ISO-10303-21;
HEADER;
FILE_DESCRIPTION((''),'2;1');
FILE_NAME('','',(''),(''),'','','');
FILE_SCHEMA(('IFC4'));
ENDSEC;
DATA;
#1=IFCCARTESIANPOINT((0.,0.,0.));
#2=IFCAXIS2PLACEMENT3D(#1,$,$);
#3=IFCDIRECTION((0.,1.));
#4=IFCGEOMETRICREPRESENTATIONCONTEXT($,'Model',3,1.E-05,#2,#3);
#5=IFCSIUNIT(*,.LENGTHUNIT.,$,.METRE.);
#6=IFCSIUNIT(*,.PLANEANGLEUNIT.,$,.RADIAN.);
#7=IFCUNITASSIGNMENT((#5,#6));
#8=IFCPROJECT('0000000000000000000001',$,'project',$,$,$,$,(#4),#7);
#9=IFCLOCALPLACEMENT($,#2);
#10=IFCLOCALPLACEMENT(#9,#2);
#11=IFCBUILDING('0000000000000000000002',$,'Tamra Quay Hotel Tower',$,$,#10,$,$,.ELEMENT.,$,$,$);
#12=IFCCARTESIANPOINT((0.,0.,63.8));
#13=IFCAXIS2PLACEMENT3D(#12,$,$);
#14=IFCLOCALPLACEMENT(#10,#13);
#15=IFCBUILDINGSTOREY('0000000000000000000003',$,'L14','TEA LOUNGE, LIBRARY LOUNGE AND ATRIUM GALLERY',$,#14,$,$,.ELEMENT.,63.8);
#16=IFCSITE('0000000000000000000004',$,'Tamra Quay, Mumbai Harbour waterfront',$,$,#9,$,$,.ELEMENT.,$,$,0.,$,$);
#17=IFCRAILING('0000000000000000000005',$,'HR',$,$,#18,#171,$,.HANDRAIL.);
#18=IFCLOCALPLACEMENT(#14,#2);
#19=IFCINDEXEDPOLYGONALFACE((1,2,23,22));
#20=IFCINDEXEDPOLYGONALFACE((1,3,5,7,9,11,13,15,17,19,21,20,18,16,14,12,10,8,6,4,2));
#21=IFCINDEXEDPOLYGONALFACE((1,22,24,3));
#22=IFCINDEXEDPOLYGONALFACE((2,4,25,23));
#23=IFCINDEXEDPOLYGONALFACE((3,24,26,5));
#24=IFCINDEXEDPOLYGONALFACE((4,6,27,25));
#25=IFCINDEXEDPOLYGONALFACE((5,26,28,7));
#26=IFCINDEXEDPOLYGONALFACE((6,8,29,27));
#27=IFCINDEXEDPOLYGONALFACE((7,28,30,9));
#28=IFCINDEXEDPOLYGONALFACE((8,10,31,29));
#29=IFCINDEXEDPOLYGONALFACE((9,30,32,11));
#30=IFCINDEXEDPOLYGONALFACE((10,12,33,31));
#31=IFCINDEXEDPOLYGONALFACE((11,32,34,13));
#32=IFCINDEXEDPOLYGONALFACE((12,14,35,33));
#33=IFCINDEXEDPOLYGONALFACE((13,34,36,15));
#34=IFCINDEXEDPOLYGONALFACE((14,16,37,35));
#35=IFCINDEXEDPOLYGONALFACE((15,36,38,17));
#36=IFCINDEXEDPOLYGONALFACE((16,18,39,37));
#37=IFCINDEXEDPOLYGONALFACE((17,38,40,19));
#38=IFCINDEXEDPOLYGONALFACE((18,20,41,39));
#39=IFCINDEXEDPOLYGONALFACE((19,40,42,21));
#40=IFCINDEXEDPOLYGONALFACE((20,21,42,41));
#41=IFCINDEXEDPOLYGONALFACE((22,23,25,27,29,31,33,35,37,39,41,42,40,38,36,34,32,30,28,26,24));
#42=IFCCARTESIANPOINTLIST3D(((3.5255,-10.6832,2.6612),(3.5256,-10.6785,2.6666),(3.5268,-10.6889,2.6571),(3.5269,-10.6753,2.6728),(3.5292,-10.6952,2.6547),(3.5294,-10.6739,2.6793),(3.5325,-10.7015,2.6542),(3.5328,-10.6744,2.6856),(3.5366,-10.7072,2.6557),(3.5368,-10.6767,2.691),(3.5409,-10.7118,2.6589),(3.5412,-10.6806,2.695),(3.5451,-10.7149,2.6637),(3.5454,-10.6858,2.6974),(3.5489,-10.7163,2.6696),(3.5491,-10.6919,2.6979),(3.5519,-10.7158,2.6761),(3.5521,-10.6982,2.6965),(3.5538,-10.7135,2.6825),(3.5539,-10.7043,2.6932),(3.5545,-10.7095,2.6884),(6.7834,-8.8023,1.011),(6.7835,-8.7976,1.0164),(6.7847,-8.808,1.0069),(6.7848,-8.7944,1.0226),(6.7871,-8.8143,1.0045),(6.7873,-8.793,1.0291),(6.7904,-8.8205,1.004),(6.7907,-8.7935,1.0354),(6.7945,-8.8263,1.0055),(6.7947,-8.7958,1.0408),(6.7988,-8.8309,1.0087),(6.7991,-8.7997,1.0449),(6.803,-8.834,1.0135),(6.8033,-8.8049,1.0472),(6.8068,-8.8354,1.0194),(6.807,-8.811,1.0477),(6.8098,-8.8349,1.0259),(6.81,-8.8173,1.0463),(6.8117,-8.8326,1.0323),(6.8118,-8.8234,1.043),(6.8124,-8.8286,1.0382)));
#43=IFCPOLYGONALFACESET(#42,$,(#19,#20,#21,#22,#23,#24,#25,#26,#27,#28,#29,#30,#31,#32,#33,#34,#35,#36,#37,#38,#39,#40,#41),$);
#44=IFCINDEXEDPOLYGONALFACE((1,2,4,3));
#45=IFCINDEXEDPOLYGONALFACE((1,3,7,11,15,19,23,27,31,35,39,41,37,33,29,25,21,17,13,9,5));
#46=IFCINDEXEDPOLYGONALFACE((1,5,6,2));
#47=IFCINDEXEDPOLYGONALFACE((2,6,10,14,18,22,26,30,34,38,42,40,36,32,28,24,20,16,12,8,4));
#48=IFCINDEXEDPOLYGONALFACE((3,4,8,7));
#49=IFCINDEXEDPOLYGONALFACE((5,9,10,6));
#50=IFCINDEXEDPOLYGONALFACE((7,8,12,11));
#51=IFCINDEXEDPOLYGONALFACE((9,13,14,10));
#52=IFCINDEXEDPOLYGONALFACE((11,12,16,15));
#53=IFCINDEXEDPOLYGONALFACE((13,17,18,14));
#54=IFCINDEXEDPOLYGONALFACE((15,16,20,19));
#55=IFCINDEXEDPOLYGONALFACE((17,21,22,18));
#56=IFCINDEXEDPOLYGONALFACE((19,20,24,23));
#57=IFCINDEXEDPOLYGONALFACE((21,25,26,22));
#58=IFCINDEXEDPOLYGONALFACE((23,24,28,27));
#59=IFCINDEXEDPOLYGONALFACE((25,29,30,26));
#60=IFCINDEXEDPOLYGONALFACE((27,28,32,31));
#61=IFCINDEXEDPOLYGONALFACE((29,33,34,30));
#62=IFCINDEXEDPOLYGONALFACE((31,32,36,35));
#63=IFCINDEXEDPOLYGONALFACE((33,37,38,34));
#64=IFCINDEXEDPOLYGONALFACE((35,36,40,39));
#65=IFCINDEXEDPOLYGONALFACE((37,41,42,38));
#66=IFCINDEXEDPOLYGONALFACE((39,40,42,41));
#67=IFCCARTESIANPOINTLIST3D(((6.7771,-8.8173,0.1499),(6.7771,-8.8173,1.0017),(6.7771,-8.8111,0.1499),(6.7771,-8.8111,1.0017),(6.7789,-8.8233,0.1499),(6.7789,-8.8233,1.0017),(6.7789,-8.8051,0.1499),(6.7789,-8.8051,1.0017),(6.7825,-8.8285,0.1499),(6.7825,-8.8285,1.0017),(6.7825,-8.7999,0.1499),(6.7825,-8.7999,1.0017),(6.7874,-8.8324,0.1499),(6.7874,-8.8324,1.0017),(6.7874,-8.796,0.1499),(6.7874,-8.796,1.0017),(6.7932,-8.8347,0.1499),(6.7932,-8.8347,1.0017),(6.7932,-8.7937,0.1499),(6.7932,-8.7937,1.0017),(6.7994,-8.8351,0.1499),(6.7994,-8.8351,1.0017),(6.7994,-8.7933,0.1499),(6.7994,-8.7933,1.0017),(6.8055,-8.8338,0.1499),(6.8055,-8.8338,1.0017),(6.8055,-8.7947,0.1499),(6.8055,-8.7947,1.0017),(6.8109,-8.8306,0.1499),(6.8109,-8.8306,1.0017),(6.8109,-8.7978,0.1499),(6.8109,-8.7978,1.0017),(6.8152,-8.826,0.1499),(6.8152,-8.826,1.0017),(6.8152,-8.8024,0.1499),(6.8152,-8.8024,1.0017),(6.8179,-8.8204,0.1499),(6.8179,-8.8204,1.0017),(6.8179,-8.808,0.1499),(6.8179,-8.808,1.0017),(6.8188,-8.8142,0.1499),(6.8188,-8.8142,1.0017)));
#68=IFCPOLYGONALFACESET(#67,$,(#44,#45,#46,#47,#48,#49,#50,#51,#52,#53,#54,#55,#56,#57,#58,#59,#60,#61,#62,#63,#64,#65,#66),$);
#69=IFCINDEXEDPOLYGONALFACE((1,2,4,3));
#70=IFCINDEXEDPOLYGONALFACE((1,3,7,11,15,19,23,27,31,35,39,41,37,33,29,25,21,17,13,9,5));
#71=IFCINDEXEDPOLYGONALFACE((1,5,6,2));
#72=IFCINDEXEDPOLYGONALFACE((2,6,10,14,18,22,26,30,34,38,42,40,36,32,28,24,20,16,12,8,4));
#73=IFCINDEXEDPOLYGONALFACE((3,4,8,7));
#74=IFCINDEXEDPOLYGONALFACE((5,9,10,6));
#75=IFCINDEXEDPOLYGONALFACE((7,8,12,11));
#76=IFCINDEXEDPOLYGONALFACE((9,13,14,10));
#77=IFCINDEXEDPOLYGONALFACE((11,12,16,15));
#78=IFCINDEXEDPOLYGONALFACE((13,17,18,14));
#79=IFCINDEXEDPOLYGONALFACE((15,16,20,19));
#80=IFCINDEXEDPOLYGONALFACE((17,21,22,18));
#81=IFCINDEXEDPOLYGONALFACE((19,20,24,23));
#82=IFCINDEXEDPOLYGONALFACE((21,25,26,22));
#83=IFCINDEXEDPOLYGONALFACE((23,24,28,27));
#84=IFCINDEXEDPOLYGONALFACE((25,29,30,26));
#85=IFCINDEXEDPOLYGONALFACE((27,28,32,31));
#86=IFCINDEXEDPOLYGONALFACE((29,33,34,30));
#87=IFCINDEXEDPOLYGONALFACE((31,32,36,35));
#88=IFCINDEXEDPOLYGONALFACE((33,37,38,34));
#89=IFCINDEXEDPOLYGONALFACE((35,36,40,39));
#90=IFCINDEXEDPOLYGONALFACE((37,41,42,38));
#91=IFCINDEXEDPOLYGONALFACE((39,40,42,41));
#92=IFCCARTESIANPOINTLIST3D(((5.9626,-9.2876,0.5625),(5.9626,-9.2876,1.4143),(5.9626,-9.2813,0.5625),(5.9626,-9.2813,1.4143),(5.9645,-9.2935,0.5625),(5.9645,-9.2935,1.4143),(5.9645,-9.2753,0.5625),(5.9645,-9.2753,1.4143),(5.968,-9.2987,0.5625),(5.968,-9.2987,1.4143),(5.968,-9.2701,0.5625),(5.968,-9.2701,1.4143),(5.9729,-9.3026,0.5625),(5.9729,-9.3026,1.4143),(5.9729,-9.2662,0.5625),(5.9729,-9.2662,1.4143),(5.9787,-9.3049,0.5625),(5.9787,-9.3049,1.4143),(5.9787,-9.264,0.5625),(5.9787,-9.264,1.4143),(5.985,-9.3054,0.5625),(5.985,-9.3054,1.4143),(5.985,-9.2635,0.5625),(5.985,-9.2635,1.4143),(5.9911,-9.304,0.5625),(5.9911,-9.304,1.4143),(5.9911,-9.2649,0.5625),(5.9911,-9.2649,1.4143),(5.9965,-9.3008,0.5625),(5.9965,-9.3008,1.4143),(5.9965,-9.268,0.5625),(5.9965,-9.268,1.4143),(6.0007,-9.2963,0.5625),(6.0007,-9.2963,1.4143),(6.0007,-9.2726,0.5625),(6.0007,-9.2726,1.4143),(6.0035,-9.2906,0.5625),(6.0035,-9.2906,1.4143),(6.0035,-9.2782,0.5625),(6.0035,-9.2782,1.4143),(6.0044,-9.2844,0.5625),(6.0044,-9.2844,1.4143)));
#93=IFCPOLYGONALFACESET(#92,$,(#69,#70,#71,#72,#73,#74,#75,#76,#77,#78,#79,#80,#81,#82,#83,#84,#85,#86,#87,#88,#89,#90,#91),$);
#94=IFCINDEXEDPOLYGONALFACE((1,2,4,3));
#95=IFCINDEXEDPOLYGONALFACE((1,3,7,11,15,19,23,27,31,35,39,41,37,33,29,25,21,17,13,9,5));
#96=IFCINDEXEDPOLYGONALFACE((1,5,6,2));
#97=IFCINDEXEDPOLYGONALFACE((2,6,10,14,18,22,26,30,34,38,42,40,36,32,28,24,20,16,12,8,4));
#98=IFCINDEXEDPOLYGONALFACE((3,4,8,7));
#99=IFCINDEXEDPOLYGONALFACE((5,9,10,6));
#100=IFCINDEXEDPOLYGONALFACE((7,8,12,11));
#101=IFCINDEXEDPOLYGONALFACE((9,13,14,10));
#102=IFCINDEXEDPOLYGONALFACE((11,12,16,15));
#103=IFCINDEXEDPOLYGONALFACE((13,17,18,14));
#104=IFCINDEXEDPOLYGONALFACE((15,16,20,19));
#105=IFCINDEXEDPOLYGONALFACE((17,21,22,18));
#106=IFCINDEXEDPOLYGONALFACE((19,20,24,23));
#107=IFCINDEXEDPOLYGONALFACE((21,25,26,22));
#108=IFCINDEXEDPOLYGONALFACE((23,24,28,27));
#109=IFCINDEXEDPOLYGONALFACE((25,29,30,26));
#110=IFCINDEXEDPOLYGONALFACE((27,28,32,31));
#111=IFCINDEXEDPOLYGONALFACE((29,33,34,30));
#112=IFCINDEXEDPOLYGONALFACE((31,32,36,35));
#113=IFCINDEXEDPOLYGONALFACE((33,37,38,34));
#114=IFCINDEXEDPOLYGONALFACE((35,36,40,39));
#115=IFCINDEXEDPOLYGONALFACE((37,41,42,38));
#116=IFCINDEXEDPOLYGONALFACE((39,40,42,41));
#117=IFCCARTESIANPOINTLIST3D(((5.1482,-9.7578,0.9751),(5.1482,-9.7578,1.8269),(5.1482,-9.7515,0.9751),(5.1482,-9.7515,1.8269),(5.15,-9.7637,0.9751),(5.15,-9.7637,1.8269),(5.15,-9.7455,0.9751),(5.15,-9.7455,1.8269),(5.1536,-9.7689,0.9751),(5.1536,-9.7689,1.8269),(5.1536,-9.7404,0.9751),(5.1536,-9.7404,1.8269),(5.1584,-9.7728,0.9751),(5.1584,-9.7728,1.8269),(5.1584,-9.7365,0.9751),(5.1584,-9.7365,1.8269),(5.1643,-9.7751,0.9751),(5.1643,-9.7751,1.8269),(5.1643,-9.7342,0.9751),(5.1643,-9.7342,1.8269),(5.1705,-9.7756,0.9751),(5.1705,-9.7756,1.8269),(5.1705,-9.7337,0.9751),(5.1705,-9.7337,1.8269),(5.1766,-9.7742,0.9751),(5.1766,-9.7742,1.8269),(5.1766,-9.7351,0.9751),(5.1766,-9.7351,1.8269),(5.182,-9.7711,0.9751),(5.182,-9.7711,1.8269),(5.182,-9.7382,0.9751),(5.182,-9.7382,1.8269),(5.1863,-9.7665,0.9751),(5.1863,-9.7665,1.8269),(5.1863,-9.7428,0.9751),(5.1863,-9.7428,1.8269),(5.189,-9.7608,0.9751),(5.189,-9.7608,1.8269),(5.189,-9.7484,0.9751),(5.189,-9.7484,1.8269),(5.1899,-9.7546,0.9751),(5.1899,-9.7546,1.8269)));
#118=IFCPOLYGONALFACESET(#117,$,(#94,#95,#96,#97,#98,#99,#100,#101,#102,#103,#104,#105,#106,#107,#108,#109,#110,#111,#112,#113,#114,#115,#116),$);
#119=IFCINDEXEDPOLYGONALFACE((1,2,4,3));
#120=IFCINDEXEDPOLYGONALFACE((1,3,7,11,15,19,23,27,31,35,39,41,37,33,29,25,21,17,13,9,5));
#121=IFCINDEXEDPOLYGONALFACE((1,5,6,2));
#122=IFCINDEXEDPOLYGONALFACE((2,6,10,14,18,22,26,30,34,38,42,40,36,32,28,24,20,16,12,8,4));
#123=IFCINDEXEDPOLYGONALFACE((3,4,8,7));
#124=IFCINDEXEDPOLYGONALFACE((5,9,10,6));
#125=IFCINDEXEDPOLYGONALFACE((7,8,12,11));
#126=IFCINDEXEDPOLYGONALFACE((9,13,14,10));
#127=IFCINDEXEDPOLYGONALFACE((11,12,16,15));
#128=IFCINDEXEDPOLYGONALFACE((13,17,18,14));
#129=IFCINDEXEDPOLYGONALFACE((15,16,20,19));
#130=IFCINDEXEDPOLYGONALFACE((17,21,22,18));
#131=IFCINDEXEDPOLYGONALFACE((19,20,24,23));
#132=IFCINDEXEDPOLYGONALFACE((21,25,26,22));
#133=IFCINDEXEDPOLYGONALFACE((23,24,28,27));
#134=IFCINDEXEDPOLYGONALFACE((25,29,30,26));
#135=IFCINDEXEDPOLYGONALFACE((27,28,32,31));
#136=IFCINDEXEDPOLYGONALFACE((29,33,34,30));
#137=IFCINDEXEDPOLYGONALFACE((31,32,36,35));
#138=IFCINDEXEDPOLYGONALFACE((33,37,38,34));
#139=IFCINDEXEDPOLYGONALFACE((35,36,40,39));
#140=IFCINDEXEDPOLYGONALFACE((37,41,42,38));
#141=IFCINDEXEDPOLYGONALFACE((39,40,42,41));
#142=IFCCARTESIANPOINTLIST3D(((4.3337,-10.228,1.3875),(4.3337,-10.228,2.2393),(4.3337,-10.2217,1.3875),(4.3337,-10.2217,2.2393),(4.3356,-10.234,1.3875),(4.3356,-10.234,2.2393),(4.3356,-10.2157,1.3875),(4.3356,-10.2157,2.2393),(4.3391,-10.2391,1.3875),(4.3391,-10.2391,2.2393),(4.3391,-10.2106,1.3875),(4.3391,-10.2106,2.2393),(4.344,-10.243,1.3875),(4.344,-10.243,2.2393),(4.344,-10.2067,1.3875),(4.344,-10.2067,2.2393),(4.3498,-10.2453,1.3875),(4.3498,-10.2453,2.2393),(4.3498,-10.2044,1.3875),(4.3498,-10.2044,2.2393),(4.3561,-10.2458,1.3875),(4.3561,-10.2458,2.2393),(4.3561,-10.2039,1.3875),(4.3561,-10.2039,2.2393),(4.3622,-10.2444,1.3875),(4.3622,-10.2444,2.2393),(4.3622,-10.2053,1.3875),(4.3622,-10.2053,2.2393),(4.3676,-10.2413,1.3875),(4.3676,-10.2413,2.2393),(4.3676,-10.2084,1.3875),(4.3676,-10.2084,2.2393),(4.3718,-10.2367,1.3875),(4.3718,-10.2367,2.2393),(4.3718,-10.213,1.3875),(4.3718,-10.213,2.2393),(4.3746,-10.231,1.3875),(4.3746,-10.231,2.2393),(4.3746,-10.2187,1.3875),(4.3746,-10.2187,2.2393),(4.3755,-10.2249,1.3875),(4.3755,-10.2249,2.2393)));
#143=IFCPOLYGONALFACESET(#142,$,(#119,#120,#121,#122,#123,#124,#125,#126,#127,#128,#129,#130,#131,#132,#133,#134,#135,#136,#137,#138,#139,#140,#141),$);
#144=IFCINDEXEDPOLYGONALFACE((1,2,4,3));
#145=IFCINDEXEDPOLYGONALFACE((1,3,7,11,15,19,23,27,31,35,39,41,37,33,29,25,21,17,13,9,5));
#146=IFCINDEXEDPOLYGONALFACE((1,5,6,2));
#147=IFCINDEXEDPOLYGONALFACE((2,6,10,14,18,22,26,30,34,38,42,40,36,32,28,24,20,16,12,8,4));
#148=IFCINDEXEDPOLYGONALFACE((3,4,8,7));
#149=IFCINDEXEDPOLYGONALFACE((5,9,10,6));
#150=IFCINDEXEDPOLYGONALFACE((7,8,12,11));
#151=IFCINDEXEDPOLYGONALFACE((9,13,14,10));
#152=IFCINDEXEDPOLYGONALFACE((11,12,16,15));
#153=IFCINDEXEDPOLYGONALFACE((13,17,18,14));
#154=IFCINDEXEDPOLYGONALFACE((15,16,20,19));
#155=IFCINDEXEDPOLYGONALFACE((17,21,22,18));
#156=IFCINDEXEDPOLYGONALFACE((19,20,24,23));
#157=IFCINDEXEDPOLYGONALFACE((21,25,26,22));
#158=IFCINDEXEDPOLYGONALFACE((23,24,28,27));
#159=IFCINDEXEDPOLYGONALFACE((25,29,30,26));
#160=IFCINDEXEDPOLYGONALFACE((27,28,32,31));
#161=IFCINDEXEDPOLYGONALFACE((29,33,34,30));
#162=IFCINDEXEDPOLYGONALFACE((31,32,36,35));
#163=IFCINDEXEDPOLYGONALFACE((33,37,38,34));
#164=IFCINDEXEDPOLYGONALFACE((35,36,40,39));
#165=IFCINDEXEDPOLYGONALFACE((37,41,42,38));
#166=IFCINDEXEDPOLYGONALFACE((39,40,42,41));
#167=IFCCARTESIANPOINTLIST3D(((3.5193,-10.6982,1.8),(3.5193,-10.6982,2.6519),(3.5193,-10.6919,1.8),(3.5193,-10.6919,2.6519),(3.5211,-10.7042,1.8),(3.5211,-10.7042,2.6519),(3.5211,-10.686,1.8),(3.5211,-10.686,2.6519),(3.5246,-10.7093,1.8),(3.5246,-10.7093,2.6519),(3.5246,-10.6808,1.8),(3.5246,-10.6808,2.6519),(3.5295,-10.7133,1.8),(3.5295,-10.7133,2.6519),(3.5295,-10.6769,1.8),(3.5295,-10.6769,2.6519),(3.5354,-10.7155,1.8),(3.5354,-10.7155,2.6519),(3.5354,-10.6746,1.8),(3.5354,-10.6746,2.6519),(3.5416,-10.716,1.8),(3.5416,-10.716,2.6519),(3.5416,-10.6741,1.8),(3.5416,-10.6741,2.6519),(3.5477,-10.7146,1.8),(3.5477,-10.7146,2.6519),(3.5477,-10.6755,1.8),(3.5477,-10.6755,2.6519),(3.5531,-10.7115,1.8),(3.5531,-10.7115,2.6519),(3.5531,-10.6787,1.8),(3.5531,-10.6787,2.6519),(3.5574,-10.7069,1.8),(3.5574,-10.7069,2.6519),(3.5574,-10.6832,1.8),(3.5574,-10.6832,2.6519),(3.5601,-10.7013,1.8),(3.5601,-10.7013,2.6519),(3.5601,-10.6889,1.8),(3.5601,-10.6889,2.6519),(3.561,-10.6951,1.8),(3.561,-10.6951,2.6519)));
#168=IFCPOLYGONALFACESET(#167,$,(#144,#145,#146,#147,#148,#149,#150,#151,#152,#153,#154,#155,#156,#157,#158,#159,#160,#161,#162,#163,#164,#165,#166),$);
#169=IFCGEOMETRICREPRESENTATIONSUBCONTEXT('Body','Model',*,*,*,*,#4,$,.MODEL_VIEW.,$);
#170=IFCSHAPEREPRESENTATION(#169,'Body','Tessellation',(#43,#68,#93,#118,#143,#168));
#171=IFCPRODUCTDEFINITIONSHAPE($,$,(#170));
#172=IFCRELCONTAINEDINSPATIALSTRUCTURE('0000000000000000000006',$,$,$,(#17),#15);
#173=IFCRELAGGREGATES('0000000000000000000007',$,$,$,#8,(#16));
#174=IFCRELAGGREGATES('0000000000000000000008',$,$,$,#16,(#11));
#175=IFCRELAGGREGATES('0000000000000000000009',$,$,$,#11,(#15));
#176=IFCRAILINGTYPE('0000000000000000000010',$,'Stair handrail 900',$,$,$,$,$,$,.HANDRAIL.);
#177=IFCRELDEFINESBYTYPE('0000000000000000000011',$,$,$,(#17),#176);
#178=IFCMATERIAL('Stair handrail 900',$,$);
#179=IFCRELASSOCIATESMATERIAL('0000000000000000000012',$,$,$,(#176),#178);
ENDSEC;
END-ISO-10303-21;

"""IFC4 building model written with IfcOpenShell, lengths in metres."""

from ifc_helpers import new_model, si_unit, direction, frame, origin, origin_2d, place, context, subcontext, project, spatial, circle, extrude, material, type_object, element, save


model = new_model("IFC4")

# Units and contexts
model_context = context("Model", 3, precision=1e-05, world=origin(), true_north=direction((0.0, 1.0)))
body_context = subcontext(model_context, "Body", "Model", "MODEL_VIEW")
ifc_project = project(units=[si_unit("LENGTHUNIT", "METRE"), si_unit("PLANEANGLEUNIT", "RADIAN")], contexts=[model_context])

# Site, building, storey
site_placement = place(None, origin())
site = spatial("IfcSite", under=ifc_project, at=site_placement, Name="Tamra Quay, Mumbai Harbour waterfront", CompositionType="ELEMENT", RefElevation=0.0)
building_placement = place(site_placement, origin())
building = spatial("IfcBuilding", under=site, at=building_placement, Name="Tamra Quay Hotel Tower", CompositionType="ELEMENT")
storey_placement = place(building_placement, frame((0.0, 0.0, 63.8)))
storey = spatial("IfcBuildingStorey", under=building, at=storey_placement, Name="L14", Description="TEA LOUNGE, LIBRARY LOUNGE AND ATRIUM GALLERY", CompositionType="ELEMENT", Elevation=63.8)

# Railing
ifc_material_1 = material(Name="Stair handrail 900")
railing_type_1 = type_object("IfcRailingType", Name="Stair handrail 900", PredefinedType="HANDRAIL", material=ifc_material_1)
railing_1_placement = place(storey_placement, frame((6.7979, -8.8142, 0.1499)))
element("IfcRailing", 1, at=railing_1_placement, inside=storey, type_object=railing_type_1, Name="HR", PredefinedType="HANDRAIL", context=body_context, shape_type="SweptSolid", body=[
    extrude(circle(Radius=0.0239, at=origin_2d()), frame((0.0, 0.0, 0.876), z_axis=(-0.793081, -0.457876, 0.401711), x_axis=(0.499992, -0.86603, 0.0)), (0.0, 0.0, 1.0), 4.1079),
    extrude(circle(Radius=0.021, at=origin_2d()), origin(), (0.0, 0.0, 1.0), 0.8518),
    extrude(circle(Radius=0.021, at=origin_2d()), frame((-0.8145, -0.4702, 0.4126)), (0.0, 0.0, 1.0), 0.8518),
    extrude(circle(Radius=0.021, at=origin_2d()), frame((-1.6289, -0.9404, 0.8252)), (0.0, 0.0, 1.0), 0.8518),
    extrude(circle(Radius=0.021, at=origin_2d()), frame((-2.4434, -1.4106, 1.2375)), (0.0, 0.0, 1.0), 0.8518),
    extrude(circle(Radius=0.021, at=origin_2d()), frame((-3.2578, -1.8809, 1.6501)), (0.0, 0.0, 1.0), 0.8518),
])

save(model, "model.ifc")
